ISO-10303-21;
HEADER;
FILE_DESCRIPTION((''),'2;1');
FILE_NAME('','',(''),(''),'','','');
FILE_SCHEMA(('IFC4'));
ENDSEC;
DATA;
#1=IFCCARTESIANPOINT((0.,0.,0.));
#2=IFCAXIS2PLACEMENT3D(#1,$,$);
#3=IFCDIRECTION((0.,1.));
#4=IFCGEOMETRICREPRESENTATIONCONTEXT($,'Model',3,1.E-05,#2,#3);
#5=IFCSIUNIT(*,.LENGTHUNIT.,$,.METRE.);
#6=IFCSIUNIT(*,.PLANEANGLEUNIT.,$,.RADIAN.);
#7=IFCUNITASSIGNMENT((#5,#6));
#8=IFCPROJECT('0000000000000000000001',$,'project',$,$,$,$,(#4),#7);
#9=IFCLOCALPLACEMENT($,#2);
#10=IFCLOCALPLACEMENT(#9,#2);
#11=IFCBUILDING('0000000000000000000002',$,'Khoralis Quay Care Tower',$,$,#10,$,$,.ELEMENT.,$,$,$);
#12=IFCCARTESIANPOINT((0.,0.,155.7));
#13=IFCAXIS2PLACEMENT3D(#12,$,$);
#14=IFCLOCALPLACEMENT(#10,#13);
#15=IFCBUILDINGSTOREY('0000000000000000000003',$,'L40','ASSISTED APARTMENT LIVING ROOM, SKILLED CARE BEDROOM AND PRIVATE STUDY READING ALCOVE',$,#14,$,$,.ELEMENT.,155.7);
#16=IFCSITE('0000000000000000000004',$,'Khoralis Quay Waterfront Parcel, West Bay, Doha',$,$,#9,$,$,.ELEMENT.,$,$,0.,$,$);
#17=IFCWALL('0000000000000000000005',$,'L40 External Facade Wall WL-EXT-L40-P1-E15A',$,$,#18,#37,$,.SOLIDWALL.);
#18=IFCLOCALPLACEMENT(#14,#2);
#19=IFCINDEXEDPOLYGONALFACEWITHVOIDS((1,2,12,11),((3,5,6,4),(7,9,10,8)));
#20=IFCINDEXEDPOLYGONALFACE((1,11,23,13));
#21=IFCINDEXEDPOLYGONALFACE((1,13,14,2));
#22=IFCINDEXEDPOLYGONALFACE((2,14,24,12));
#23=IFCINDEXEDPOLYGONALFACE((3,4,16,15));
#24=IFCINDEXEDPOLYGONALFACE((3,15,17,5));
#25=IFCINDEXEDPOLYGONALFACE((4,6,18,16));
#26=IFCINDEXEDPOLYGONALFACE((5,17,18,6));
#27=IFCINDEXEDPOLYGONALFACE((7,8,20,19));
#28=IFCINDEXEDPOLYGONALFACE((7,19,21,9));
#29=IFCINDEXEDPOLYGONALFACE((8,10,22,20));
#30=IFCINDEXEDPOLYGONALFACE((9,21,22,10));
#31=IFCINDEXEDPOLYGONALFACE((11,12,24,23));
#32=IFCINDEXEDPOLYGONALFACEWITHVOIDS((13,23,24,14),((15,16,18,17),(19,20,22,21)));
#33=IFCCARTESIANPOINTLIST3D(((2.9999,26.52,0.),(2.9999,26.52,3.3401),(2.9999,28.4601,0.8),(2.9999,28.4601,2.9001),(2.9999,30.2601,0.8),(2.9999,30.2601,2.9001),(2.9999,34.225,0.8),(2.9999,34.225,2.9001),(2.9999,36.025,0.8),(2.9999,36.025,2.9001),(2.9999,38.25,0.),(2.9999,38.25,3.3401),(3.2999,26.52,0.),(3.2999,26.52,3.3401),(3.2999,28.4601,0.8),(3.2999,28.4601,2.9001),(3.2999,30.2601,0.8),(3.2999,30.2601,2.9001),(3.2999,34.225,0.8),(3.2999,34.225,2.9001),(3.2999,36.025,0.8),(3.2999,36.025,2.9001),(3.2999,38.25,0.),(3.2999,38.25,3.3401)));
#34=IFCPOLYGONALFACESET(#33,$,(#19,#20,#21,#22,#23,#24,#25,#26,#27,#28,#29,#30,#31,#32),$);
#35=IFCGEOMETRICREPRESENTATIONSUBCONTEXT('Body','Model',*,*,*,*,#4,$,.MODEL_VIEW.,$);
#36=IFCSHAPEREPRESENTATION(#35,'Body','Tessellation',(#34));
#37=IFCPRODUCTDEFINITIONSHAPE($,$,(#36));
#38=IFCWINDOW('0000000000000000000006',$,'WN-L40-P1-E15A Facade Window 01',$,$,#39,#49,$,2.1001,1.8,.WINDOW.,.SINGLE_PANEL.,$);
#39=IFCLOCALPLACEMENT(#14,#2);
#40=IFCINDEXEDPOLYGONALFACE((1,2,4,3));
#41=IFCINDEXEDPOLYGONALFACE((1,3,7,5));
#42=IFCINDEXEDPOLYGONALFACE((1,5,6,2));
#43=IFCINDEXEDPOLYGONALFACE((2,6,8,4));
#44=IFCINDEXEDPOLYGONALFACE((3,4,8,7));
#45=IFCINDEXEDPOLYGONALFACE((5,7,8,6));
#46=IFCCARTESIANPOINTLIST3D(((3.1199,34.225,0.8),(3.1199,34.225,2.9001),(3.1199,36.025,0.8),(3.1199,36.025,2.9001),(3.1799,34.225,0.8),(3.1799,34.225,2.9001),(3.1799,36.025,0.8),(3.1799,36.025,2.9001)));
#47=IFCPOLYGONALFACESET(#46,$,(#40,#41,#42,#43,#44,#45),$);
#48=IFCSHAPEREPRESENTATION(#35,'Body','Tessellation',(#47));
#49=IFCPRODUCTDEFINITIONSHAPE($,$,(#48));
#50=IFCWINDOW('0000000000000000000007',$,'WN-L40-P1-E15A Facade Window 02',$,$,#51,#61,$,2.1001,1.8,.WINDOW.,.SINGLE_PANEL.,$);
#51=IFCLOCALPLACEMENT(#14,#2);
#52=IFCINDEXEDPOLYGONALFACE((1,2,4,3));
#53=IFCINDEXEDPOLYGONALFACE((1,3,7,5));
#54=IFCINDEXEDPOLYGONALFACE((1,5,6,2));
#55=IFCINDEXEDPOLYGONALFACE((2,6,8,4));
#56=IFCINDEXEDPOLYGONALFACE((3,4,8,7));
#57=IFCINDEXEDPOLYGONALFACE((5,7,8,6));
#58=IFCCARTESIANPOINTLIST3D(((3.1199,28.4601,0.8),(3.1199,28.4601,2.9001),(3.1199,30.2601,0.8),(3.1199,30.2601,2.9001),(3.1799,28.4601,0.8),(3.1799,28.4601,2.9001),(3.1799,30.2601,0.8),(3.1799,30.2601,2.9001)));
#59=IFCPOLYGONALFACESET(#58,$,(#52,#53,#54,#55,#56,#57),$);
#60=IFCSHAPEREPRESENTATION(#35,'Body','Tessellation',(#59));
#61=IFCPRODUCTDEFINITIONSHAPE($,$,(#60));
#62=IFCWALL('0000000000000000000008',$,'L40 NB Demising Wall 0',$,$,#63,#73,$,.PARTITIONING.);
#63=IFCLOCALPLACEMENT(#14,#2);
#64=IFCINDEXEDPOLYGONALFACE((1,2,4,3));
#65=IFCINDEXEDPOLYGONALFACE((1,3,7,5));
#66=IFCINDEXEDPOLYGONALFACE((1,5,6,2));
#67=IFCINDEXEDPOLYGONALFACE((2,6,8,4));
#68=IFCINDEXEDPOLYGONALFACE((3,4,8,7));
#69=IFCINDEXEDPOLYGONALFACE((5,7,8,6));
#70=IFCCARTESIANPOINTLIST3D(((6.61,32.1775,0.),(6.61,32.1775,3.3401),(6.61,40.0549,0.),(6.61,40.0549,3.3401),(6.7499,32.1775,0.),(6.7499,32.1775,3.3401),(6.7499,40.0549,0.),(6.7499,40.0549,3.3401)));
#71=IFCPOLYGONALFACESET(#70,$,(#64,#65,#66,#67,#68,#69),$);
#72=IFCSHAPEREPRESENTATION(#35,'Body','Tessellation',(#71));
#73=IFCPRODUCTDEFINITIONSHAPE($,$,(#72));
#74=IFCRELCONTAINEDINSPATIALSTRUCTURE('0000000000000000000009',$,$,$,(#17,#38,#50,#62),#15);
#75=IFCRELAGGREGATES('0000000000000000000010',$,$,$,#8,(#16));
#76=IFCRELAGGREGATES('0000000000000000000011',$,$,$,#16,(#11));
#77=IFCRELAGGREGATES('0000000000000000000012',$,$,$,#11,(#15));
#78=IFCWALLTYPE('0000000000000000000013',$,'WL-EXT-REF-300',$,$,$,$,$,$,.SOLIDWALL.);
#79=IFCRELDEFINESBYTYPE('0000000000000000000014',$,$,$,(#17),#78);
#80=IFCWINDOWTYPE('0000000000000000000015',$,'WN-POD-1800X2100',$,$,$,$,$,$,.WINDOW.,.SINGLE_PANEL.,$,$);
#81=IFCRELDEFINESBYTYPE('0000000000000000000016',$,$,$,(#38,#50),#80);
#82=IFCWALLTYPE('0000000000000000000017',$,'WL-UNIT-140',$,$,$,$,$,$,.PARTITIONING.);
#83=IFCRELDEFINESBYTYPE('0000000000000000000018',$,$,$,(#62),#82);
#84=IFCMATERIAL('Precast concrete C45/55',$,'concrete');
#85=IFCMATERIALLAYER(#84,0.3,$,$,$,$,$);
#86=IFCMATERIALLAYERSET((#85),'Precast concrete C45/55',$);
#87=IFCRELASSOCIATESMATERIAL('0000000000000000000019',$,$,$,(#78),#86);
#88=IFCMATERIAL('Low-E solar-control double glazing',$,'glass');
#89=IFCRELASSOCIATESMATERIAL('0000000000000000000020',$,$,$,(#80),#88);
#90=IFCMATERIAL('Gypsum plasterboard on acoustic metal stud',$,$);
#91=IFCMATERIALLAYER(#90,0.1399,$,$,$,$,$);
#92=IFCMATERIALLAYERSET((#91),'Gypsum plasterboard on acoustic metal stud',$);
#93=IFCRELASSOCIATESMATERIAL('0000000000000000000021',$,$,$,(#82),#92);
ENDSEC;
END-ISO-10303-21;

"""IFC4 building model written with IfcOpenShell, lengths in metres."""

from ifc_helpers import new_model, si_unit, direction, frame, frame_2d, origin, place, context, subcontext, project, spatial, rectangle, extrude, source, transform, mapped, material, layer, layer_set, type_object, element, fill, save


model = new_model("IFC4")

# Units and contexts
model_context = context("Model", 3, precision=1e-05, world=origin(), true_north=direction((0.0, 1.0)))
body_context = subcontext(model_context, "Body", "Model", "MODEL_VIEW")
ifc_project = project(units=[si_unit("LENGTHUNIT", "METRE"), si_unit("PLANEANGLEUNIT", "RADIAN")], contexts=[model_context])

# Site, building, storey
site_placement = place(None, origin())
site = spatial("IfcSite", under=ifc_project, at=site_placement, Name="Khoralis Quay Waterfront Parcel, West Bay, Doha", CompositionType="ELEMENT", RefElevation=0.0)
building_placement = place(site_placement, origin())
building = spatial("IfcBuilding", under=site, at=building_placement, Name="Khoralis Quay Care Tower", CompositionType="ELEMENT")
storey_placement = place(building_placement, frame((0.0, 0.0, 155.7)))
storey = spatial("IfcBuildingStorey", under=building, at=storey_placement, Name="L40", Description="ASSISTED APARTMENT LIVING ROOM, SKILLED CARE BEDROOM AND PRIVATE STUDY READING ALCOVE", CompositionType="ELEMENT", Elevation=155.7)

# Shared definitions
ifc_material_1 = material(Name="Gypsum plasterboard on acoustic metal stud")

# Shared definitions
ifc_material_2 = material(Name="Precast concrete C45/55", Category="concrete")
ifc_layer_1 = layer(ifc_material_2, 0.3)
ifc_layer_set_1 = layer_set([ifc_layer_1], Name="Precast concrete C45/55")
wall_type_1 = type_object("IfcWallType", Name="WL-EXT-REF-300", PredefinedType="SOLIDWALL", material=ifc_layer_set_1)

# Wall, openings, windows
wall_1_placement = place(storey_placement, frame((3.1499, 38.25, 0.0), z_axis=(0.0, 0.0, 1.0), x_axis=(0.0, -1.0, 0.0)))
wall_1 = element("IfcWall", 1, at=wall_1_placement, inside=storey, type_object=wall_type_1, Name="L40 External Facade Wall WL-EXT-L40-P1-E15A", PredefinedType="SOLIDWALL", context=body_context, shape_type="SweptSolid", body=[
    extrude(rectangle(XDim=11.73, YDim=0.3, at=frame_2d((5.865, 0.0))), origin(), (0.0, 0.0, 1.0), 3.3401),
])
opening_1_placement = place(wall_1_placement, frame((2.2251, 0.0, 0.8)))
opening_1 = element("IfcOpeningElement", 2, at=opening_1_placement, cuts=wall_1, PredefinedType="OPENING", context=body_context, shape_type="SweptSolid", body=[
    extrude(rectangle(XDim=1.8, YDim=2.1001, at=frame_2d((0.8999, 1.05))), frame((0.0, 0.1602, 0.0), z_axis=(0.0, -1.0, 0.0), x_axis=(1.0, 0.0, 0.0)), (0.0, 0.0, 1.0), 0.3201),
])
opening_2_placement = place(wall_1_placement, frame((7.99, 0.0, 0.8)))
opening_2 = element("IfcOpeningElement", 3, at=opening_2_placement, cuts=wall_1, PredefinedType="OPENING", context=body_context, shape_type="SweptSolid", body=[
    extrude(rectangle(XDim=1.8, YDim=2.1001, at=frame_2d((0.8999, 1.05))), frame((0.0, 0.1602, 0.0), z_axis=(0.0, -1.0, 0.0), x_axis=(1.0, 0.0, 0.0)), (0.0, 0.0, 1.0), 0.3201),
])
ifc_material_3 = material(Name="Low-E solar-control double glazing", Category="glass")
window_type = type_object("IfcWindowType", Name="WN-POD-1800X2100", PartitioningType="SINGLE_PANEL", PredefinedType="WINDOW", material=ifc_material_3)
shared_shape_1 = source(origin(), body_context, "Body", "SweptSolid", [
    extrude(rectangle(XDim=1.8, YDim=2.1001, at=frame_2d((0.8999, 1.05))), frame((0.0, 0.03, 0.0), z_axis=(0.0, -1.0, 0.0), x_axis=(1.0, 0.0, 0.0)), (0.0, 0.0, 1.0), 0.0601),
])
window_1_placement = place(opening_1_placement, origin())
window_1 = element("IfcWindow", 4, at=window_1_placement, inside=storey, type_object=window_type, Name="WN-L40-P1-E15A Facade Window 01", OverallHeight=2.1001, OverallWidth=1.8, PartitioningType="SINGLE_PANEL", PredefinedType="WINDOW", context=body_context, shape_type="MappedRepresentation", body=[
    mapped(shared_shape_1, transform((0.0, 0.0, 0.0), scale=1.0)),
])
fill(opening_1, window_1)
window_2_placement = place(opening_2_placement, origin())
window_2 = element("IfcWindow", 5, at=window_2_placement, inside=storey, type_object=window_type, Name="WN-L40-P1-E15A Facade Window 02", OverallHeight=2.1001, OverallWidth=1.8, PartitioningType="SINGLE_PANEL", PredefinedType="WINDOW", context=body_context, shape_type="MappedRepresentation", body=[
    mapped(shared_shape_1, transform((0.0, 0.0, 0.0), scale=1.0)),
])
fill(opening_2, window_2)

# Wall
ifc_layer_2 = layer(ifc_material_1, 0.1399)
ifc_layer_set_2 = layer_set([ifc_layer_2], Name="Gypsum plasterboard on acoustic metal stud")
wall_type_2 = type_object("IfcWallType", Name="WL-UNIT-140", PredefinedType="PARTITIONING", material=ifc_layer_set_2)
wall_2_placement = place(storey_placement, frame((6.6799, 32.1775, 0.0), z_axis=(0.0, 0.0, 1.0), x_axis=(0.0, 1.0, 0.0)))
element("IfcWall", 6, at=wall_2_placement, inside=storey, type_object=wall_type_2, Name="L40 NB Demising Wall 0", PredefinedType="PARTITIONING", context=body_context, shape_type="SweptSolid", body=[
    extrude(rectangle(XDim=7.8774, YDim=0.1399, at=frame_2d((3.9387, 0.0))), origin(), (0.0, 0.0, 1.0), 3.3401),
])

save(model, "model.ifc")
